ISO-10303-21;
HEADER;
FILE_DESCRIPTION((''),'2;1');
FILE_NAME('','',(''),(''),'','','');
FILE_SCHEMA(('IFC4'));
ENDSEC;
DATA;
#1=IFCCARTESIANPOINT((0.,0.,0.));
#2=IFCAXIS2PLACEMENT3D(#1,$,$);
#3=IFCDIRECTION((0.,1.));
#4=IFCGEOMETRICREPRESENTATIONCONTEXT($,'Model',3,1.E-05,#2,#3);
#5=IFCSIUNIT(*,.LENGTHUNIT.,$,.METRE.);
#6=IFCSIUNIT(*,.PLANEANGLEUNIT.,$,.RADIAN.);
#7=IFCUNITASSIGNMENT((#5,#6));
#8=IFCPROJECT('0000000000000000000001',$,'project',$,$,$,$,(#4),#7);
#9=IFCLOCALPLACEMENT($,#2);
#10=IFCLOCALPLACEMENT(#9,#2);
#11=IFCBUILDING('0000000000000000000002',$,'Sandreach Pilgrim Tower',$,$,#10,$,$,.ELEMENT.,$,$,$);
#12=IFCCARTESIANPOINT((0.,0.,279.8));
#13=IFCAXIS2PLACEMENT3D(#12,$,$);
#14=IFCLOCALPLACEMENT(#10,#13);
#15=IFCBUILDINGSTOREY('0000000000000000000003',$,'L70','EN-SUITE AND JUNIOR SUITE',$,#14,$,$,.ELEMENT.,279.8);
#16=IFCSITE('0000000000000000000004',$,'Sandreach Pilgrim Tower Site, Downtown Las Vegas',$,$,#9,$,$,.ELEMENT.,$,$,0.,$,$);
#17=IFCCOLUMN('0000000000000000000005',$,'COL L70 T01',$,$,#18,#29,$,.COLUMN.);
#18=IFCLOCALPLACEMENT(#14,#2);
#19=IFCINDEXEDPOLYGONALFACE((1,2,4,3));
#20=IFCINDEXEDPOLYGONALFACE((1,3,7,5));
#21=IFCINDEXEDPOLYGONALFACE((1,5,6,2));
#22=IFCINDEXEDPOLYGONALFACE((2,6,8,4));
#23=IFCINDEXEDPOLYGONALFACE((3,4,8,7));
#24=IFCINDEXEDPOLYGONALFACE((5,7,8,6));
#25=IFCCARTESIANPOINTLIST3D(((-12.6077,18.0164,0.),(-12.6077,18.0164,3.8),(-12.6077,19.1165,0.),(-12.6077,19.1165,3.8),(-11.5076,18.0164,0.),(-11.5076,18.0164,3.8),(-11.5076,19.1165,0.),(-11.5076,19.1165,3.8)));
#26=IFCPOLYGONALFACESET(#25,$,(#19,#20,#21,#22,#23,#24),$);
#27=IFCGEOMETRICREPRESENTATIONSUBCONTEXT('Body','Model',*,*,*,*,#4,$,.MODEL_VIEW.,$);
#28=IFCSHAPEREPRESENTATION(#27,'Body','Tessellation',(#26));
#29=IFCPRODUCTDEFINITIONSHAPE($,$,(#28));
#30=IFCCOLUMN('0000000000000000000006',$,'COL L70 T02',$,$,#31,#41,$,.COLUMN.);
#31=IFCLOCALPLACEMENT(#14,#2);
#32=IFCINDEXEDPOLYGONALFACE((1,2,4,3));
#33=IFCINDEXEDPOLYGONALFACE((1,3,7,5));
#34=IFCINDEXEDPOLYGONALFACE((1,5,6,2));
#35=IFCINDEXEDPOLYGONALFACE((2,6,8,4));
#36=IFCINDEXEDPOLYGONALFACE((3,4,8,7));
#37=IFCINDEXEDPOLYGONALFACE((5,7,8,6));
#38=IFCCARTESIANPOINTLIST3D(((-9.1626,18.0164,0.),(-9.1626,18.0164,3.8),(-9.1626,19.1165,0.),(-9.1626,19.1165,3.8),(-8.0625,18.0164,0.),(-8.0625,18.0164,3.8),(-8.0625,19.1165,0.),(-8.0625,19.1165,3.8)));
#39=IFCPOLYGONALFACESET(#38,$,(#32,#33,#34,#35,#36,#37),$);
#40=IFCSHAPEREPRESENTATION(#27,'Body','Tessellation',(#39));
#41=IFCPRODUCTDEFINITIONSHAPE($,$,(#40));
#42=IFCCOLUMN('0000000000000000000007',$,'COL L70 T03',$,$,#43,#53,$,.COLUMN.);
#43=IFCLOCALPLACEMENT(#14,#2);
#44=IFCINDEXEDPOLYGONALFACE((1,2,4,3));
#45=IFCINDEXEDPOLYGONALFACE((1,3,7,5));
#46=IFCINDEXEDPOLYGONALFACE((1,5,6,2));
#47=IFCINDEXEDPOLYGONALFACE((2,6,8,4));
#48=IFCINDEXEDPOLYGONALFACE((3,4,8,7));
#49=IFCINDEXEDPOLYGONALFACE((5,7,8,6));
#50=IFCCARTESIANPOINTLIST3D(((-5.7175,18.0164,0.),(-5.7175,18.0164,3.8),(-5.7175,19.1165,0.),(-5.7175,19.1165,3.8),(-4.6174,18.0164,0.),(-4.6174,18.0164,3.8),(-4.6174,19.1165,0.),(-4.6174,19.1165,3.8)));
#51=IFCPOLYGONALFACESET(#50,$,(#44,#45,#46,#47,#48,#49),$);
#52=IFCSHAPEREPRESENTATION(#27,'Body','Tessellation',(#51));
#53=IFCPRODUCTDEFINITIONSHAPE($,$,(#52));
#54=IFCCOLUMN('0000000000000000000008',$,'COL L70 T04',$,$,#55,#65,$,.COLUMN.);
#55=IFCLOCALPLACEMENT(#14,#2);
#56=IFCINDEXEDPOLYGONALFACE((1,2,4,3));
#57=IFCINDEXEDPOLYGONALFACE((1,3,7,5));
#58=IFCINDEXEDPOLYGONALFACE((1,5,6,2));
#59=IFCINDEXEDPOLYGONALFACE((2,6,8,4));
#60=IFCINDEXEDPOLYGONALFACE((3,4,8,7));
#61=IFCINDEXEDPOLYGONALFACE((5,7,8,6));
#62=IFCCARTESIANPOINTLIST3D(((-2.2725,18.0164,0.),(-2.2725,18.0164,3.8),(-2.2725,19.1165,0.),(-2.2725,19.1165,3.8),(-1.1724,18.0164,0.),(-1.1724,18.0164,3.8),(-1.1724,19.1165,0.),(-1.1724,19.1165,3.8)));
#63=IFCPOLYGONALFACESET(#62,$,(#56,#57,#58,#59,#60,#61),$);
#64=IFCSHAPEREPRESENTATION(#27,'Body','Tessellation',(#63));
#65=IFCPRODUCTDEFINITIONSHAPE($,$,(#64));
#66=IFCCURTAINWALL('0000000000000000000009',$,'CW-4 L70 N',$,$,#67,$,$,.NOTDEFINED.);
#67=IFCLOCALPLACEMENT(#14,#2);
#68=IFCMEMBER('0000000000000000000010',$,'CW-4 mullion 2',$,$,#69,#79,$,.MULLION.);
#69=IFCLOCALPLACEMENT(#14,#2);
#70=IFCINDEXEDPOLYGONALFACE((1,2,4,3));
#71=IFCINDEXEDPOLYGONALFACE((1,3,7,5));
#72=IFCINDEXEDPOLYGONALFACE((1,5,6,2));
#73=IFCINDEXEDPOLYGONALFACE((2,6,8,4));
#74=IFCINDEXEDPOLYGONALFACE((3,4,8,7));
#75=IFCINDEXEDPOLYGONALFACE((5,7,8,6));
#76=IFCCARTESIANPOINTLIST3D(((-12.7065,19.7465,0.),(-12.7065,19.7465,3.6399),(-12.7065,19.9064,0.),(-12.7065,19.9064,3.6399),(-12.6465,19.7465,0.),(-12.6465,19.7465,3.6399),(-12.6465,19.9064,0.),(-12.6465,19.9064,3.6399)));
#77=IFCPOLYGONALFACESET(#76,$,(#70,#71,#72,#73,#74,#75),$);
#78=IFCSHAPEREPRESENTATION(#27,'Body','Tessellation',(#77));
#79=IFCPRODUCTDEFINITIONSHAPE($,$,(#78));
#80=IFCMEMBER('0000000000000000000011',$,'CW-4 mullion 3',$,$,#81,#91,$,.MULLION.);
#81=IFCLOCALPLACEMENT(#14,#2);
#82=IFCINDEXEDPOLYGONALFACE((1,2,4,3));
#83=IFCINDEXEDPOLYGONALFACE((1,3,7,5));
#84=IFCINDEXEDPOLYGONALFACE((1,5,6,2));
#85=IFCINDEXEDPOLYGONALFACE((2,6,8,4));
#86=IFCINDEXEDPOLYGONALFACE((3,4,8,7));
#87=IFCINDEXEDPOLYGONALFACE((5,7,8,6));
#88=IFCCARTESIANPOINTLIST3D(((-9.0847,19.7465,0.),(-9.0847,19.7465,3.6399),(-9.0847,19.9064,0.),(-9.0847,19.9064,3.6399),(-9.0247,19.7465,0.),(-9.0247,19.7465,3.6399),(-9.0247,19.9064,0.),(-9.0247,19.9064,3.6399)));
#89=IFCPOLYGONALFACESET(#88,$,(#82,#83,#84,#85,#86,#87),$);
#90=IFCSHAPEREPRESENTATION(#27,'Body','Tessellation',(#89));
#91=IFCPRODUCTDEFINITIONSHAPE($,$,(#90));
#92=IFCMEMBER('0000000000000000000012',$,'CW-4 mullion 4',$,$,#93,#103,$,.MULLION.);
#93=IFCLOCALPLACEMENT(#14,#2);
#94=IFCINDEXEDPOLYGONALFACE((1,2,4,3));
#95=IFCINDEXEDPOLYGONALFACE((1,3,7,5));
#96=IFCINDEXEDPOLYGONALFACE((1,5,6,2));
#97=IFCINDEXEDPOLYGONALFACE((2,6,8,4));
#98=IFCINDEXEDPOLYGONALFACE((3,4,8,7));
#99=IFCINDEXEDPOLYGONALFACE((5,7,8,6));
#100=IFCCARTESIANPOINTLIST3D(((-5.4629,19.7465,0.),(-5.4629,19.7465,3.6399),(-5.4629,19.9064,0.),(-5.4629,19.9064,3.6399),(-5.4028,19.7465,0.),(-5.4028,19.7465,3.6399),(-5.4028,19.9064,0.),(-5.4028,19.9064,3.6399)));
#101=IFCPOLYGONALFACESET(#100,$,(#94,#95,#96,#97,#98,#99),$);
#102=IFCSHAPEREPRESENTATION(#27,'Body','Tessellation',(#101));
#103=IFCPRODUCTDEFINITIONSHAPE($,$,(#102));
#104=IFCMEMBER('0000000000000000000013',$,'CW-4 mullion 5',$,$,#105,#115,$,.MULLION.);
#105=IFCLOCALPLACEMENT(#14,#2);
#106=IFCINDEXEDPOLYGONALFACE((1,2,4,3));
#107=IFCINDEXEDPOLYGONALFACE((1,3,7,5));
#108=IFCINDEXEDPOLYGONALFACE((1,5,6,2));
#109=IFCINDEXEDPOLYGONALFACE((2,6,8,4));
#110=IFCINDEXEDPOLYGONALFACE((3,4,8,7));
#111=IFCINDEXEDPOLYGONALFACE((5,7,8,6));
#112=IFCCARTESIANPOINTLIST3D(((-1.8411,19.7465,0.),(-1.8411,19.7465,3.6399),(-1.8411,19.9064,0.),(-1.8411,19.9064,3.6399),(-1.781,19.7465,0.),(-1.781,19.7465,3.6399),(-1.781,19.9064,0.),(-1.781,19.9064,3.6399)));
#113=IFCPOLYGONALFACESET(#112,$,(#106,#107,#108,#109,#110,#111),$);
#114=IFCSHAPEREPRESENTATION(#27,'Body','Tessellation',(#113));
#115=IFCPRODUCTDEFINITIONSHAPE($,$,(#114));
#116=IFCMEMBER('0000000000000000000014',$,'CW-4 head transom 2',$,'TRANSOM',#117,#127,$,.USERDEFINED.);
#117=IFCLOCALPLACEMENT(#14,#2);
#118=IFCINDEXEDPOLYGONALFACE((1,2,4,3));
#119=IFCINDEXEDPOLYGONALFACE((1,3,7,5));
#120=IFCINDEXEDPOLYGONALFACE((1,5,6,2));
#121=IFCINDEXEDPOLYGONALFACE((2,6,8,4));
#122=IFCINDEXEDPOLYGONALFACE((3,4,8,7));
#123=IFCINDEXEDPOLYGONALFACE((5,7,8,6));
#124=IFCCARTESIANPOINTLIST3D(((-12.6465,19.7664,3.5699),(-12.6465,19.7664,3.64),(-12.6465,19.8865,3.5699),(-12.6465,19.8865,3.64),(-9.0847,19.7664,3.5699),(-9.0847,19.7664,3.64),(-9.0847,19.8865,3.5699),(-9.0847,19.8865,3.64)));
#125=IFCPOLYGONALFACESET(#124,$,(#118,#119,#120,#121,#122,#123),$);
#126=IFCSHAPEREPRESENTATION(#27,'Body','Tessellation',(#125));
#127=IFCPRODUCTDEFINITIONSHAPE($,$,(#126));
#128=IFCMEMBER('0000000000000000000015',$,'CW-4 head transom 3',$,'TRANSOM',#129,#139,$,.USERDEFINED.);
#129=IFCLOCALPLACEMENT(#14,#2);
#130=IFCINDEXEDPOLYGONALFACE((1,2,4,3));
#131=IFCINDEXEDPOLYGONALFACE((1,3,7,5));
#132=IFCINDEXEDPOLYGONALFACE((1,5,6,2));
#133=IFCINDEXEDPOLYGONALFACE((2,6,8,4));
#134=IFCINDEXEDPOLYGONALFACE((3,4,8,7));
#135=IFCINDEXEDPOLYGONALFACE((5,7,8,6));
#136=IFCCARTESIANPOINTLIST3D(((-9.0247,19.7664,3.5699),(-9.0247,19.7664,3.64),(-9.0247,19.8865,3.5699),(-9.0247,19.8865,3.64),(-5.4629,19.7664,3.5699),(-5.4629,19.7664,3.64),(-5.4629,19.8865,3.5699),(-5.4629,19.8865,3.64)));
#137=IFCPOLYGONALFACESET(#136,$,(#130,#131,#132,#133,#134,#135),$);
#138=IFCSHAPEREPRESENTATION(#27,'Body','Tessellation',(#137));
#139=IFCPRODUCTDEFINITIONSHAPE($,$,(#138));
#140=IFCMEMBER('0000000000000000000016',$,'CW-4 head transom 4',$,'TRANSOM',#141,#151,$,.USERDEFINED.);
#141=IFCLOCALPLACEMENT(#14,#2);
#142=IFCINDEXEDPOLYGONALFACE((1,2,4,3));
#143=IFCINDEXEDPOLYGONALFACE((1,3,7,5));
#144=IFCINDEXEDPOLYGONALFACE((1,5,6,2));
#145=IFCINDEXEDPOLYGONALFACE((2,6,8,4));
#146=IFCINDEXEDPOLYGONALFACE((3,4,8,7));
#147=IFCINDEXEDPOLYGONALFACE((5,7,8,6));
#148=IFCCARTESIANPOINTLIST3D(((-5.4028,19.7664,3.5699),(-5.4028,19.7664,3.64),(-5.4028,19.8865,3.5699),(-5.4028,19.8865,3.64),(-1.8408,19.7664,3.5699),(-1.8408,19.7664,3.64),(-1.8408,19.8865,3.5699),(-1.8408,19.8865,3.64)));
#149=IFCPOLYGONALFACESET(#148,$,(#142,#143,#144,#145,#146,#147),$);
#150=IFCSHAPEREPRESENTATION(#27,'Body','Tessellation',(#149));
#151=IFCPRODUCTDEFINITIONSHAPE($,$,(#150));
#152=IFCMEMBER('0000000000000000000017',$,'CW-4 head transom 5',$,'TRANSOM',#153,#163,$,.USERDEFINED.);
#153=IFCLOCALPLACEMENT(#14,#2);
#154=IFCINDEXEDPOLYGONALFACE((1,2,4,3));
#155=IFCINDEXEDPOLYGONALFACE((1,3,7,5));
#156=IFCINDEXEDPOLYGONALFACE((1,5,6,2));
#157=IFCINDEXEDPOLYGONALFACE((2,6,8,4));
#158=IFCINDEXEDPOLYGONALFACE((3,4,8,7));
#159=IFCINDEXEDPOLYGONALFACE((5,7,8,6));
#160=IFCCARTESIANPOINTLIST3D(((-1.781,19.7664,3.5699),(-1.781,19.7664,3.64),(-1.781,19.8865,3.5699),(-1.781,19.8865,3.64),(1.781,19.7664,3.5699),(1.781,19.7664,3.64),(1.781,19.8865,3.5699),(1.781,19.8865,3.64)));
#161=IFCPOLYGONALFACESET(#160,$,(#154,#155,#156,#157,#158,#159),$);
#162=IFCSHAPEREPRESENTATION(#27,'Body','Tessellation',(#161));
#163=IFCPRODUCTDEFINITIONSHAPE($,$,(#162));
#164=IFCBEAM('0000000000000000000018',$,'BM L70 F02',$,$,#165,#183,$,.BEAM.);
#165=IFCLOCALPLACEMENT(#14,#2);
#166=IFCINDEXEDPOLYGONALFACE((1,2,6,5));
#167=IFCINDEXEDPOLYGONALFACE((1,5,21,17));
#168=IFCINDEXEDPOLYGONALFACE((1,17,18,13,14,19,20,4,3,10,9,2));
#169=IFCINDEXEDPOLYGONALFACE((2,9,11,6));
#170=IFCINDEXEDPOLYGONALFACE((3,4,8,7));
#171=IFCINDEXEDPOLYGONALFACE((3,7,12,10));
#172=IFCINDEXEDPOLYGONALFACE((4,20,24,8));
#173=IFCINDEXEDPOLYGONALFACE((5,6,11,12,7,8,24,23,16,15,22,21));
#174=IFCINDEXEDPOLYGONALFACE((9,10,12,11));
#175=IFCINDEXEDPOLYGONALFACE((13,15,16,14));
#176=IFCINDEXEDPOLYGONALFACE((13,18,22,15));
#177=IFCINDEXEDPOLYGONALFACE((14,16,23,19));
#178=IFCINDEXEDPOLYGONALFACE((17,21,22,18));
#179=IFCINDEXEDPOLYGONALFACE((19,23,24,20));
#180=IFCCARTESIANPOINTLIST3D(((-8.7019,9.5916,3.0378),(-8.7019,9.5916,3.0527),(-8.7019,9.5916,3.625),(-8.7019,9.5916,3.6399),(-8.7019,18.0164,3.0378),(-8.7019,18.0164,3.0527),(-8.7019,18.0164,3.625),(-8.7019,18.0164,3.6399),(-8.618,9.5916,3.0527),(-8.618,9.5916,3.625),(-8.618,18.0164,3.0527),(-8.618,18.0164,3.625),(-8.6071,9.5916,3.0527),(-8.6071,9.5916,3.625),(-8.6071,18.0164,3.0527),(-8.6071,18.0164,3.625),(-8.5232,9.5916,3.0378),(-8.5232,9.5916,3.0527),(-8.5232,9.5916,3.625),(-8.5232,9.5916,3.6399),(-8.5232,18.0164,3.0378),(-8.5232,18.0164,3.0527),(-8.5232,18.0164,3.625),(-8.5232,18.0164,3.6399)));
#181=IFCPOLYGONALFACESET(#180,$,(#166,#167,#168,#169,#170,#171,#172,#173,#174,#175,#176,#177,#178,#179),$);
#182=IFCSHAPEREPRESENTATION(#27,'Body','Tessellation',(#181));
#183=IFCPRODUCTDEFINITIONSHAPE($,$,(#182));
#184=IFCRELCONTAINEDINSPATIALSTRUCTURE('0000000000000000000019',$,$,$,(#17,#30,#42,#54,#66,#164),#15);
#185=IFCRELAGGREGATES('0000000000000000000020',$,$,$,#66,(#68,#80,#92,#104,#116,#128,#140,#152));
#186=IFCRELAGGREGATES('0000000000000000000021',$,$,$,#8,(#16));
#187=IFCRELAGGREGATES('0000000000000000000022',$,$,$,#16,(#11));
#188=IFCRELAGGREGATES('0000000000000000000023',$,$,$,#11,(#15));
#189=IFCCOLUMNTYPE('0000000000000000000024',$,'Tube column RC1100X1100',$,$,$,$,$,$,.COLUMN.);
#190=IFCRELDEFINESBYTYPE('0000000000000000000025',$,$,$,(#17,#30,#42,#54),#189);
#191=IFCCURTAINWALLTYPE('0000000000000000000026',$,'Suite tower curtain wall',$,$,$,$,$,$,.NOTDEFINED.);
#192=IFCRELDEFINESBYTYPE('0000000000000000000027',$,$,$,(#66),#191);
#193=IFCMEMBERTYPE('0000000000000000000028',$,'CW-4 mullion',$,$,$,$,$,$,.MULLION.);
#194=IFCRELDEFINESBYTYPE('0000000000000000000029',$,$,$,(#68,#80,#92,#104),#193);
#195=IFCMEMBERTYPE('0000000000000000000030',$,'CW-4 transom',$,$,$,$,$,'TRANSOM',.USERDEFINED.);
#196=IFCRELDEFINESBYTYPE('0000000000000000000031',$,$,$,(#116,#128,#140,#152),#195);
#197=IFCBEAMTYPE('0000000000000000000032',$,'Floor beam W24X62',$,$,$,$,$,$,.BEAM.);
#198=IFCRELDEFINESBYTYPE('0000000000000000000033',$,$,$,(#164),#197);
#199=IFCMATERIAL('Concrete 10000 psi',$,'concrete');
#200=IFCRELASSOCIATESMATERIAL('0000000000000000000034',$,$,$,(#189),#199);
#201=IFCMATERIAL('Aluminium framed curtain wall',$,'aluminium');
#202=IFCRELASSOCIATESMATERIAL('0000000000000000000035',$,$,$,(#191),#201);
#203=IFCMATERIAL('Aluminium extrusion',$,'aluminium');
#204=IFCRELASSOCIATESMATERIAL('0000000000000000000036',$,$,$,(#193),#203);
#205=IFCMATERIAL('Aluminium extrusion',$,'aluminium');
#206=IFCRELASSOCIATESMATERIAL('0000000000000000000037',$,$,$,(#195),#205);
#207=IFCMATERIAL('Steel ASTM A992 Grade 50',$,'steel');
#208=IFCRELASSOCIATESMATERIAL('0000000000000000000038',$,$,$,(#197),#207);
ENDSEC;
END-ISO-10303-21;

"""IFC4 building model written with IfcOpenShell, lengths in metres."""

from ifc_helpers import new_model, si_unit, direction, frame, origin, origin_2d, place, context, subcontext, project, spatial, rectangle, i_section, extrude, material, material_profile, profile_set, type_object, element, aggregate, save


model = new_model("IFC4")

# Units and contexts
model_context = context("Model", 3, precision=1e-05, world=origin(), true_north=direction((0.0, 1.0)))
body_context = subcontext(model_context, "Body", "Model", "MODEL_VIEW")
ifc_project = project(units=[si_unit("LENGTHUNIT", "METRE"), si_unit("PLANEANGLEUNIT", "RADIAN")], contexts=[model_context])

# Site, building, storey
site_placement = place(None, origin())
site = spatial("IfcSite", under=ifc_project, at=site_placement, Name="Sandreach Pilgrim Tower Site, Downtown Las Vegas", CompositionType="ELEMENT", RefElevation=0.0)
building_placement = place(site_placement, origin())
building = spatial("IfcBuilding", under=site, at=building_placement, Name="Sandreach Pilgrim Tower", CompositionType="ELEMENT")
storey_placement = place(building_placement, frame((0.0, 0.0, 279.8)))
storey = spatial("IfcBuildingStorey", under=building, at=storey_placement, Name="L70", Description="EN-SUITE AND JUNIOR SUITE", CompositionType="ELEMENT", Elevation=279.8)

# Columns
ifc_material_1 = material(Name="Concrete 10000 psi", Category="concrete")
ifc_material_profile_1 = material_profile(ifc_material_1, rectangle(XDim=1.1001, YDim=1.1001, at=origin_2d()), Name="RC1100X1100")
ifc_profile_set_1 = profile_set([ifc_material_profile_1], Name="Concrete 10000 psi")
column_type = type_object("IfcColumnType", Name="Tube column RC1100X1100", PredefinedType="COLUMN", material=ifc_profile_set_1)
for number, where, z_axis, x_axis, name in (
    (1, (-12.0576, 18.5664, 0.0), (0.0, 0.0, 1.0), (0.0, 1.0, 0.0), "COL L70 T01"),
    (2, (-8.6125, 18.5664, 0.0), (0.0, 0.0, 1.0), (0.0, 1.0, 0.0), "COL L70 T02"),
    (3, (-5.1675, 18.5664, 0.0), (0.0, 0.0, 1.0), (0.0, 1.0, 0.0), "COL L70 T03"),
    (4, (-1.7224, 18.5664, 0.0), (0.0, 0.0, 1.0), (0.0, 1.0, 0.0), "COL L70 T04"),
):
    element("IfcColumn", number, at=place(storey_placement, frame(where, z_axis=z_axis, x_axis=x_axis)), inside=storey, type_object=column_type, Name=name, PredefinedType="COLUMN", context=body_context, shape_type="SweptSolid", body=[
        extrude(rectangle(XDim=1.1001, YDim=1.1001, at=origin_2d()), origin(), (0.0, 0.0, 1.0), 3.8),
    ])

# Curtain wall, members
ifc_material_2 = material(Name="Aluminium framed curtain wall", Category="aluminium")
curtain_wall_type = type_object("IfcCurtainWallType", Name="Suite tower curtain wall", PredefinedType="NOTDEFINED", material=ifc_material_2)
curtain_wall_placement = place(storey_placement, origin())
curtain_wall = element("IfcCurtainWall", 5, at=curtain_wall_placement, inside=storey, type_object=curtain_wall_type, Name="CW-4 L70 N", PredefinedType="NOTDEFINED")
ifc_material_3 = material(Name="Aluminium extrusion", Category="aluminium")
ifc_material_profile_2 = material_profile(ifc_material_3, rectangle(XDim=0.0601, YDim=0.1599, at=origin_2d()), Name="CW-4M 60X160")
ifc_profile_set_2 = profile_set([ifc_material_profile_2], Name="Aluminium extrusion")
member_type_1 = type_object("IfcMemberType", Name="CW-4 mullion", PredefinedType="MULLION", material=ifc_profile_set_2)
member_1_placement = place(storey_placement, frame((-12.6765, 19.8264, 0.0), z_axis=(0.0, 0.0, 1.0), x_axis=(1.0, 0.0, 0.0)))
member_1 = element("IfcMember", 6, at=member_1_placement, type_object=member_type_1, Name="CW-4 mullion 2", PredefinedType="MULLION", context=body_context, shape_type="SweptSolid", body=[
    extrude(rectangle(XDim=0.0601, YDim=0.1599, at=origin_2d()), origin(), (0.0, 0.0, 1.0), 3.6399),
])
member_2_placement = place(storey_placement, frame((-9.0547, 19.8264, 0.0), z_axis=(0.0, 0.0, 1.0), x_axis=(1.0, 0.0, 0.0)))
member_2 = element("IfcMember", 7, at=member_2_placement, type_object=member_type_1, Name="CW-4 mullion 3", PredefinedType="MULLION", context=body_context, shape_type="SweptSolid", body=[
    extrude(rectangle(XDim=0.0601, YDim=0.1599, at=origin_2d()), origin(), (0.0, 0.0, 1.0), 3.6399),
])
member_3_placement = place(storey_placement, frame((-5.4329, 19.8264, 0.0), z_axis=(0.0, 0.0, 1.0), x_axis=(1.0, 0.0, 0.0)))
member_3 = element("IfcMember", 8, at=member_3_placement, type_object=member_type_1, Name="CW-4 mullion 4", PredefinedType="MULLION", context=body_context, shape_type="SweptSolid", body=[
    extrude(rectangle(XDim=0.0601, YDim=0.1599, at=origin_2d()), origin(), (0.0, 0.0, 1.0), 3.6399),
])
member_4_placement = place(storey_placement, frame((-1.811, 19.8264, 0.0), z_axis=(0.0, 0.0, 1.0), x_axis=(1.0, 0.0, 0.0)))
member_4 = element("IfcMember", 9, at=member_4_placement, type_object=member_type_1, Name="CW-4 mullion 5", PredefinedType="MULLION", context=body_context, shape_type="SweptSolid", body=[
    extrude(rectangle(XDim=0.0601, YDim=0.1599, at=origin_2d()), origin(), (0.0, 0.0, 1.0), 3.6399),
])
ifc_material_4 = material(Name="Aluminium extrusion", Category="aluminium")
ifc_material_profile_3 = material_profile(ifc_material_4, rectangle(XDim=0.1201, YDim=0.0701, at=origin_2d()), Name="CW-4T 120X70")
ifc_profile_set_3 = profile_set([ifc_material_profile_3], Name="Aluminium extrusion")
member_type_2 = type_object("IfcMemberType", Name="CW-4 transom", ElementType="TRANSOM", PredefinedType="USERDEFINED", material=ifc_profile_set_3)
member_5_placement = place(storey_placement, frame((-12.6465, 19.8264, 3.605), z_axis=(1.0, 0.0, 0.0), x_axis=(0.0, 1.0, 0.0)))
member_5 = element("IfcMember", 10, at=member_5_placement, type_object=member_type_2, Name="CW-4 head transom 2", ObjectType="TRANSOM", PredefinedType="USERDEFINED", context=body_context, shape_type="SweptSolid", body=[
    extrude(rectangle(XDim=0.1201, YDim=0.0701, at=origin_2d()), origin(), (0.0, 0.0, 1.0), 3.5618),
])
member_6_placement = place(storey_placement, frame((-9.0247, 19.8264, 3.605), z_axis=(1.0, 0.0, 0.0), x_axis=(0.0, 1.0, 0.0)))
member_6 = element("IfcMember", 11, at=member_6_placement, type_object=member_type_2, Name="CW-4 head transom 3", ObjectType="TRANSOM", PredefinedType="USERDEFINED", context=body_context, shape_type="SweptSolid", body=[
    extrude(rectangle(XDim=0.1201, YDim=0.0701, at=origin_2d()), origin(), (0.0, 0.0, 1.0), 3.5618),
])
member_7_placement = place(storey_placement, frame((-5.4028, 19.8264, 3.605), z_axis=(1.0, 0.0, 0.0), x_axis=(0.0, 1.0, 0.0)))
member_7 = element("IfcMember", 12, at=member_7_placement, type_object=member_type_2, Name="CW-4 head transom 4", ObjectType="TRANSOM", PredefinedType="USERDEFINED", context=body_context, shape_type="SweptSolid", body=[
    extrude(rectangle(XDim=0.1201, YDim=0.0701, at=origin_2d()), origin(), (0.0, 0.0, 1.0), 3.562),
])
member_8_placement = place(storey_placement, frame((-1.781, 19.8264, 3.605), z_axis=(1.0, 0.0, 0.0), x_axis=(0.0, 1.0, 0.0)))
member_8 = element("IfcMember", 13, at=member_8_placement, type_object=member_type_2, Name="CW-4 head transom 5", ObjectType="TRANSOM", PredefinedType="USERDEFINED", context=body_context, shape_type="SweptSolid", body=[
    extrude(rectangle(XDim=0.1201, YDim=0.0701, at=origin_2d()), origin(), (0.0, 0.0, 1.0), 3.562),
])

# Beam
ifc_material_5 = material(Name="Steel ASTM A992 Grade 50", Category="steel")
ifc_material_profile_4 = material_profile(ifc_material_5, i_section(OverallWidth=0.1787, OverallDepth=0.6021, WebThickness=0.011, FlangeThickness=0.0149, at=origin_2d()), Name="W24X62")
ifc_profile_set_4 = profile_set([ifc_material_profile_4], Name="Steel ASTM A992 Grade 50")
beam_type_1 = type_object("IfcBeamType", Name="Floor beam W24X62", PredefinedType="BEAM", material=ifc_profile_set_4)
beam_1_placement = place(storey_placement, frame((-8.6125, 18.0164, 3.3389), z_axis=(0.0, -1.0, 0.0), x_axis=(1.0, 0.0, 0.0)))
element("IfcBeam", 14, at=beam_1_placement, inside=storey, type_object=beam_type_1, Name="BM L70 F02", PredefinedType="BEAM", context=body_context, shape_type="SweptSolid", body=[
    extrude(i_section(OverallWidth=0.1787, OverallDepth=0.6021, WebThickness=0.011, FlangeThickness=0.0149, at=origin_2d()), origin(), (0.0, 0.0, 1.0), 8.4248),
])

aggregate(curtain_wall, [member_1, member_2, member_3, member_4, member_5, member_6, member_7, member_8])

save(model, "model.ifc")
